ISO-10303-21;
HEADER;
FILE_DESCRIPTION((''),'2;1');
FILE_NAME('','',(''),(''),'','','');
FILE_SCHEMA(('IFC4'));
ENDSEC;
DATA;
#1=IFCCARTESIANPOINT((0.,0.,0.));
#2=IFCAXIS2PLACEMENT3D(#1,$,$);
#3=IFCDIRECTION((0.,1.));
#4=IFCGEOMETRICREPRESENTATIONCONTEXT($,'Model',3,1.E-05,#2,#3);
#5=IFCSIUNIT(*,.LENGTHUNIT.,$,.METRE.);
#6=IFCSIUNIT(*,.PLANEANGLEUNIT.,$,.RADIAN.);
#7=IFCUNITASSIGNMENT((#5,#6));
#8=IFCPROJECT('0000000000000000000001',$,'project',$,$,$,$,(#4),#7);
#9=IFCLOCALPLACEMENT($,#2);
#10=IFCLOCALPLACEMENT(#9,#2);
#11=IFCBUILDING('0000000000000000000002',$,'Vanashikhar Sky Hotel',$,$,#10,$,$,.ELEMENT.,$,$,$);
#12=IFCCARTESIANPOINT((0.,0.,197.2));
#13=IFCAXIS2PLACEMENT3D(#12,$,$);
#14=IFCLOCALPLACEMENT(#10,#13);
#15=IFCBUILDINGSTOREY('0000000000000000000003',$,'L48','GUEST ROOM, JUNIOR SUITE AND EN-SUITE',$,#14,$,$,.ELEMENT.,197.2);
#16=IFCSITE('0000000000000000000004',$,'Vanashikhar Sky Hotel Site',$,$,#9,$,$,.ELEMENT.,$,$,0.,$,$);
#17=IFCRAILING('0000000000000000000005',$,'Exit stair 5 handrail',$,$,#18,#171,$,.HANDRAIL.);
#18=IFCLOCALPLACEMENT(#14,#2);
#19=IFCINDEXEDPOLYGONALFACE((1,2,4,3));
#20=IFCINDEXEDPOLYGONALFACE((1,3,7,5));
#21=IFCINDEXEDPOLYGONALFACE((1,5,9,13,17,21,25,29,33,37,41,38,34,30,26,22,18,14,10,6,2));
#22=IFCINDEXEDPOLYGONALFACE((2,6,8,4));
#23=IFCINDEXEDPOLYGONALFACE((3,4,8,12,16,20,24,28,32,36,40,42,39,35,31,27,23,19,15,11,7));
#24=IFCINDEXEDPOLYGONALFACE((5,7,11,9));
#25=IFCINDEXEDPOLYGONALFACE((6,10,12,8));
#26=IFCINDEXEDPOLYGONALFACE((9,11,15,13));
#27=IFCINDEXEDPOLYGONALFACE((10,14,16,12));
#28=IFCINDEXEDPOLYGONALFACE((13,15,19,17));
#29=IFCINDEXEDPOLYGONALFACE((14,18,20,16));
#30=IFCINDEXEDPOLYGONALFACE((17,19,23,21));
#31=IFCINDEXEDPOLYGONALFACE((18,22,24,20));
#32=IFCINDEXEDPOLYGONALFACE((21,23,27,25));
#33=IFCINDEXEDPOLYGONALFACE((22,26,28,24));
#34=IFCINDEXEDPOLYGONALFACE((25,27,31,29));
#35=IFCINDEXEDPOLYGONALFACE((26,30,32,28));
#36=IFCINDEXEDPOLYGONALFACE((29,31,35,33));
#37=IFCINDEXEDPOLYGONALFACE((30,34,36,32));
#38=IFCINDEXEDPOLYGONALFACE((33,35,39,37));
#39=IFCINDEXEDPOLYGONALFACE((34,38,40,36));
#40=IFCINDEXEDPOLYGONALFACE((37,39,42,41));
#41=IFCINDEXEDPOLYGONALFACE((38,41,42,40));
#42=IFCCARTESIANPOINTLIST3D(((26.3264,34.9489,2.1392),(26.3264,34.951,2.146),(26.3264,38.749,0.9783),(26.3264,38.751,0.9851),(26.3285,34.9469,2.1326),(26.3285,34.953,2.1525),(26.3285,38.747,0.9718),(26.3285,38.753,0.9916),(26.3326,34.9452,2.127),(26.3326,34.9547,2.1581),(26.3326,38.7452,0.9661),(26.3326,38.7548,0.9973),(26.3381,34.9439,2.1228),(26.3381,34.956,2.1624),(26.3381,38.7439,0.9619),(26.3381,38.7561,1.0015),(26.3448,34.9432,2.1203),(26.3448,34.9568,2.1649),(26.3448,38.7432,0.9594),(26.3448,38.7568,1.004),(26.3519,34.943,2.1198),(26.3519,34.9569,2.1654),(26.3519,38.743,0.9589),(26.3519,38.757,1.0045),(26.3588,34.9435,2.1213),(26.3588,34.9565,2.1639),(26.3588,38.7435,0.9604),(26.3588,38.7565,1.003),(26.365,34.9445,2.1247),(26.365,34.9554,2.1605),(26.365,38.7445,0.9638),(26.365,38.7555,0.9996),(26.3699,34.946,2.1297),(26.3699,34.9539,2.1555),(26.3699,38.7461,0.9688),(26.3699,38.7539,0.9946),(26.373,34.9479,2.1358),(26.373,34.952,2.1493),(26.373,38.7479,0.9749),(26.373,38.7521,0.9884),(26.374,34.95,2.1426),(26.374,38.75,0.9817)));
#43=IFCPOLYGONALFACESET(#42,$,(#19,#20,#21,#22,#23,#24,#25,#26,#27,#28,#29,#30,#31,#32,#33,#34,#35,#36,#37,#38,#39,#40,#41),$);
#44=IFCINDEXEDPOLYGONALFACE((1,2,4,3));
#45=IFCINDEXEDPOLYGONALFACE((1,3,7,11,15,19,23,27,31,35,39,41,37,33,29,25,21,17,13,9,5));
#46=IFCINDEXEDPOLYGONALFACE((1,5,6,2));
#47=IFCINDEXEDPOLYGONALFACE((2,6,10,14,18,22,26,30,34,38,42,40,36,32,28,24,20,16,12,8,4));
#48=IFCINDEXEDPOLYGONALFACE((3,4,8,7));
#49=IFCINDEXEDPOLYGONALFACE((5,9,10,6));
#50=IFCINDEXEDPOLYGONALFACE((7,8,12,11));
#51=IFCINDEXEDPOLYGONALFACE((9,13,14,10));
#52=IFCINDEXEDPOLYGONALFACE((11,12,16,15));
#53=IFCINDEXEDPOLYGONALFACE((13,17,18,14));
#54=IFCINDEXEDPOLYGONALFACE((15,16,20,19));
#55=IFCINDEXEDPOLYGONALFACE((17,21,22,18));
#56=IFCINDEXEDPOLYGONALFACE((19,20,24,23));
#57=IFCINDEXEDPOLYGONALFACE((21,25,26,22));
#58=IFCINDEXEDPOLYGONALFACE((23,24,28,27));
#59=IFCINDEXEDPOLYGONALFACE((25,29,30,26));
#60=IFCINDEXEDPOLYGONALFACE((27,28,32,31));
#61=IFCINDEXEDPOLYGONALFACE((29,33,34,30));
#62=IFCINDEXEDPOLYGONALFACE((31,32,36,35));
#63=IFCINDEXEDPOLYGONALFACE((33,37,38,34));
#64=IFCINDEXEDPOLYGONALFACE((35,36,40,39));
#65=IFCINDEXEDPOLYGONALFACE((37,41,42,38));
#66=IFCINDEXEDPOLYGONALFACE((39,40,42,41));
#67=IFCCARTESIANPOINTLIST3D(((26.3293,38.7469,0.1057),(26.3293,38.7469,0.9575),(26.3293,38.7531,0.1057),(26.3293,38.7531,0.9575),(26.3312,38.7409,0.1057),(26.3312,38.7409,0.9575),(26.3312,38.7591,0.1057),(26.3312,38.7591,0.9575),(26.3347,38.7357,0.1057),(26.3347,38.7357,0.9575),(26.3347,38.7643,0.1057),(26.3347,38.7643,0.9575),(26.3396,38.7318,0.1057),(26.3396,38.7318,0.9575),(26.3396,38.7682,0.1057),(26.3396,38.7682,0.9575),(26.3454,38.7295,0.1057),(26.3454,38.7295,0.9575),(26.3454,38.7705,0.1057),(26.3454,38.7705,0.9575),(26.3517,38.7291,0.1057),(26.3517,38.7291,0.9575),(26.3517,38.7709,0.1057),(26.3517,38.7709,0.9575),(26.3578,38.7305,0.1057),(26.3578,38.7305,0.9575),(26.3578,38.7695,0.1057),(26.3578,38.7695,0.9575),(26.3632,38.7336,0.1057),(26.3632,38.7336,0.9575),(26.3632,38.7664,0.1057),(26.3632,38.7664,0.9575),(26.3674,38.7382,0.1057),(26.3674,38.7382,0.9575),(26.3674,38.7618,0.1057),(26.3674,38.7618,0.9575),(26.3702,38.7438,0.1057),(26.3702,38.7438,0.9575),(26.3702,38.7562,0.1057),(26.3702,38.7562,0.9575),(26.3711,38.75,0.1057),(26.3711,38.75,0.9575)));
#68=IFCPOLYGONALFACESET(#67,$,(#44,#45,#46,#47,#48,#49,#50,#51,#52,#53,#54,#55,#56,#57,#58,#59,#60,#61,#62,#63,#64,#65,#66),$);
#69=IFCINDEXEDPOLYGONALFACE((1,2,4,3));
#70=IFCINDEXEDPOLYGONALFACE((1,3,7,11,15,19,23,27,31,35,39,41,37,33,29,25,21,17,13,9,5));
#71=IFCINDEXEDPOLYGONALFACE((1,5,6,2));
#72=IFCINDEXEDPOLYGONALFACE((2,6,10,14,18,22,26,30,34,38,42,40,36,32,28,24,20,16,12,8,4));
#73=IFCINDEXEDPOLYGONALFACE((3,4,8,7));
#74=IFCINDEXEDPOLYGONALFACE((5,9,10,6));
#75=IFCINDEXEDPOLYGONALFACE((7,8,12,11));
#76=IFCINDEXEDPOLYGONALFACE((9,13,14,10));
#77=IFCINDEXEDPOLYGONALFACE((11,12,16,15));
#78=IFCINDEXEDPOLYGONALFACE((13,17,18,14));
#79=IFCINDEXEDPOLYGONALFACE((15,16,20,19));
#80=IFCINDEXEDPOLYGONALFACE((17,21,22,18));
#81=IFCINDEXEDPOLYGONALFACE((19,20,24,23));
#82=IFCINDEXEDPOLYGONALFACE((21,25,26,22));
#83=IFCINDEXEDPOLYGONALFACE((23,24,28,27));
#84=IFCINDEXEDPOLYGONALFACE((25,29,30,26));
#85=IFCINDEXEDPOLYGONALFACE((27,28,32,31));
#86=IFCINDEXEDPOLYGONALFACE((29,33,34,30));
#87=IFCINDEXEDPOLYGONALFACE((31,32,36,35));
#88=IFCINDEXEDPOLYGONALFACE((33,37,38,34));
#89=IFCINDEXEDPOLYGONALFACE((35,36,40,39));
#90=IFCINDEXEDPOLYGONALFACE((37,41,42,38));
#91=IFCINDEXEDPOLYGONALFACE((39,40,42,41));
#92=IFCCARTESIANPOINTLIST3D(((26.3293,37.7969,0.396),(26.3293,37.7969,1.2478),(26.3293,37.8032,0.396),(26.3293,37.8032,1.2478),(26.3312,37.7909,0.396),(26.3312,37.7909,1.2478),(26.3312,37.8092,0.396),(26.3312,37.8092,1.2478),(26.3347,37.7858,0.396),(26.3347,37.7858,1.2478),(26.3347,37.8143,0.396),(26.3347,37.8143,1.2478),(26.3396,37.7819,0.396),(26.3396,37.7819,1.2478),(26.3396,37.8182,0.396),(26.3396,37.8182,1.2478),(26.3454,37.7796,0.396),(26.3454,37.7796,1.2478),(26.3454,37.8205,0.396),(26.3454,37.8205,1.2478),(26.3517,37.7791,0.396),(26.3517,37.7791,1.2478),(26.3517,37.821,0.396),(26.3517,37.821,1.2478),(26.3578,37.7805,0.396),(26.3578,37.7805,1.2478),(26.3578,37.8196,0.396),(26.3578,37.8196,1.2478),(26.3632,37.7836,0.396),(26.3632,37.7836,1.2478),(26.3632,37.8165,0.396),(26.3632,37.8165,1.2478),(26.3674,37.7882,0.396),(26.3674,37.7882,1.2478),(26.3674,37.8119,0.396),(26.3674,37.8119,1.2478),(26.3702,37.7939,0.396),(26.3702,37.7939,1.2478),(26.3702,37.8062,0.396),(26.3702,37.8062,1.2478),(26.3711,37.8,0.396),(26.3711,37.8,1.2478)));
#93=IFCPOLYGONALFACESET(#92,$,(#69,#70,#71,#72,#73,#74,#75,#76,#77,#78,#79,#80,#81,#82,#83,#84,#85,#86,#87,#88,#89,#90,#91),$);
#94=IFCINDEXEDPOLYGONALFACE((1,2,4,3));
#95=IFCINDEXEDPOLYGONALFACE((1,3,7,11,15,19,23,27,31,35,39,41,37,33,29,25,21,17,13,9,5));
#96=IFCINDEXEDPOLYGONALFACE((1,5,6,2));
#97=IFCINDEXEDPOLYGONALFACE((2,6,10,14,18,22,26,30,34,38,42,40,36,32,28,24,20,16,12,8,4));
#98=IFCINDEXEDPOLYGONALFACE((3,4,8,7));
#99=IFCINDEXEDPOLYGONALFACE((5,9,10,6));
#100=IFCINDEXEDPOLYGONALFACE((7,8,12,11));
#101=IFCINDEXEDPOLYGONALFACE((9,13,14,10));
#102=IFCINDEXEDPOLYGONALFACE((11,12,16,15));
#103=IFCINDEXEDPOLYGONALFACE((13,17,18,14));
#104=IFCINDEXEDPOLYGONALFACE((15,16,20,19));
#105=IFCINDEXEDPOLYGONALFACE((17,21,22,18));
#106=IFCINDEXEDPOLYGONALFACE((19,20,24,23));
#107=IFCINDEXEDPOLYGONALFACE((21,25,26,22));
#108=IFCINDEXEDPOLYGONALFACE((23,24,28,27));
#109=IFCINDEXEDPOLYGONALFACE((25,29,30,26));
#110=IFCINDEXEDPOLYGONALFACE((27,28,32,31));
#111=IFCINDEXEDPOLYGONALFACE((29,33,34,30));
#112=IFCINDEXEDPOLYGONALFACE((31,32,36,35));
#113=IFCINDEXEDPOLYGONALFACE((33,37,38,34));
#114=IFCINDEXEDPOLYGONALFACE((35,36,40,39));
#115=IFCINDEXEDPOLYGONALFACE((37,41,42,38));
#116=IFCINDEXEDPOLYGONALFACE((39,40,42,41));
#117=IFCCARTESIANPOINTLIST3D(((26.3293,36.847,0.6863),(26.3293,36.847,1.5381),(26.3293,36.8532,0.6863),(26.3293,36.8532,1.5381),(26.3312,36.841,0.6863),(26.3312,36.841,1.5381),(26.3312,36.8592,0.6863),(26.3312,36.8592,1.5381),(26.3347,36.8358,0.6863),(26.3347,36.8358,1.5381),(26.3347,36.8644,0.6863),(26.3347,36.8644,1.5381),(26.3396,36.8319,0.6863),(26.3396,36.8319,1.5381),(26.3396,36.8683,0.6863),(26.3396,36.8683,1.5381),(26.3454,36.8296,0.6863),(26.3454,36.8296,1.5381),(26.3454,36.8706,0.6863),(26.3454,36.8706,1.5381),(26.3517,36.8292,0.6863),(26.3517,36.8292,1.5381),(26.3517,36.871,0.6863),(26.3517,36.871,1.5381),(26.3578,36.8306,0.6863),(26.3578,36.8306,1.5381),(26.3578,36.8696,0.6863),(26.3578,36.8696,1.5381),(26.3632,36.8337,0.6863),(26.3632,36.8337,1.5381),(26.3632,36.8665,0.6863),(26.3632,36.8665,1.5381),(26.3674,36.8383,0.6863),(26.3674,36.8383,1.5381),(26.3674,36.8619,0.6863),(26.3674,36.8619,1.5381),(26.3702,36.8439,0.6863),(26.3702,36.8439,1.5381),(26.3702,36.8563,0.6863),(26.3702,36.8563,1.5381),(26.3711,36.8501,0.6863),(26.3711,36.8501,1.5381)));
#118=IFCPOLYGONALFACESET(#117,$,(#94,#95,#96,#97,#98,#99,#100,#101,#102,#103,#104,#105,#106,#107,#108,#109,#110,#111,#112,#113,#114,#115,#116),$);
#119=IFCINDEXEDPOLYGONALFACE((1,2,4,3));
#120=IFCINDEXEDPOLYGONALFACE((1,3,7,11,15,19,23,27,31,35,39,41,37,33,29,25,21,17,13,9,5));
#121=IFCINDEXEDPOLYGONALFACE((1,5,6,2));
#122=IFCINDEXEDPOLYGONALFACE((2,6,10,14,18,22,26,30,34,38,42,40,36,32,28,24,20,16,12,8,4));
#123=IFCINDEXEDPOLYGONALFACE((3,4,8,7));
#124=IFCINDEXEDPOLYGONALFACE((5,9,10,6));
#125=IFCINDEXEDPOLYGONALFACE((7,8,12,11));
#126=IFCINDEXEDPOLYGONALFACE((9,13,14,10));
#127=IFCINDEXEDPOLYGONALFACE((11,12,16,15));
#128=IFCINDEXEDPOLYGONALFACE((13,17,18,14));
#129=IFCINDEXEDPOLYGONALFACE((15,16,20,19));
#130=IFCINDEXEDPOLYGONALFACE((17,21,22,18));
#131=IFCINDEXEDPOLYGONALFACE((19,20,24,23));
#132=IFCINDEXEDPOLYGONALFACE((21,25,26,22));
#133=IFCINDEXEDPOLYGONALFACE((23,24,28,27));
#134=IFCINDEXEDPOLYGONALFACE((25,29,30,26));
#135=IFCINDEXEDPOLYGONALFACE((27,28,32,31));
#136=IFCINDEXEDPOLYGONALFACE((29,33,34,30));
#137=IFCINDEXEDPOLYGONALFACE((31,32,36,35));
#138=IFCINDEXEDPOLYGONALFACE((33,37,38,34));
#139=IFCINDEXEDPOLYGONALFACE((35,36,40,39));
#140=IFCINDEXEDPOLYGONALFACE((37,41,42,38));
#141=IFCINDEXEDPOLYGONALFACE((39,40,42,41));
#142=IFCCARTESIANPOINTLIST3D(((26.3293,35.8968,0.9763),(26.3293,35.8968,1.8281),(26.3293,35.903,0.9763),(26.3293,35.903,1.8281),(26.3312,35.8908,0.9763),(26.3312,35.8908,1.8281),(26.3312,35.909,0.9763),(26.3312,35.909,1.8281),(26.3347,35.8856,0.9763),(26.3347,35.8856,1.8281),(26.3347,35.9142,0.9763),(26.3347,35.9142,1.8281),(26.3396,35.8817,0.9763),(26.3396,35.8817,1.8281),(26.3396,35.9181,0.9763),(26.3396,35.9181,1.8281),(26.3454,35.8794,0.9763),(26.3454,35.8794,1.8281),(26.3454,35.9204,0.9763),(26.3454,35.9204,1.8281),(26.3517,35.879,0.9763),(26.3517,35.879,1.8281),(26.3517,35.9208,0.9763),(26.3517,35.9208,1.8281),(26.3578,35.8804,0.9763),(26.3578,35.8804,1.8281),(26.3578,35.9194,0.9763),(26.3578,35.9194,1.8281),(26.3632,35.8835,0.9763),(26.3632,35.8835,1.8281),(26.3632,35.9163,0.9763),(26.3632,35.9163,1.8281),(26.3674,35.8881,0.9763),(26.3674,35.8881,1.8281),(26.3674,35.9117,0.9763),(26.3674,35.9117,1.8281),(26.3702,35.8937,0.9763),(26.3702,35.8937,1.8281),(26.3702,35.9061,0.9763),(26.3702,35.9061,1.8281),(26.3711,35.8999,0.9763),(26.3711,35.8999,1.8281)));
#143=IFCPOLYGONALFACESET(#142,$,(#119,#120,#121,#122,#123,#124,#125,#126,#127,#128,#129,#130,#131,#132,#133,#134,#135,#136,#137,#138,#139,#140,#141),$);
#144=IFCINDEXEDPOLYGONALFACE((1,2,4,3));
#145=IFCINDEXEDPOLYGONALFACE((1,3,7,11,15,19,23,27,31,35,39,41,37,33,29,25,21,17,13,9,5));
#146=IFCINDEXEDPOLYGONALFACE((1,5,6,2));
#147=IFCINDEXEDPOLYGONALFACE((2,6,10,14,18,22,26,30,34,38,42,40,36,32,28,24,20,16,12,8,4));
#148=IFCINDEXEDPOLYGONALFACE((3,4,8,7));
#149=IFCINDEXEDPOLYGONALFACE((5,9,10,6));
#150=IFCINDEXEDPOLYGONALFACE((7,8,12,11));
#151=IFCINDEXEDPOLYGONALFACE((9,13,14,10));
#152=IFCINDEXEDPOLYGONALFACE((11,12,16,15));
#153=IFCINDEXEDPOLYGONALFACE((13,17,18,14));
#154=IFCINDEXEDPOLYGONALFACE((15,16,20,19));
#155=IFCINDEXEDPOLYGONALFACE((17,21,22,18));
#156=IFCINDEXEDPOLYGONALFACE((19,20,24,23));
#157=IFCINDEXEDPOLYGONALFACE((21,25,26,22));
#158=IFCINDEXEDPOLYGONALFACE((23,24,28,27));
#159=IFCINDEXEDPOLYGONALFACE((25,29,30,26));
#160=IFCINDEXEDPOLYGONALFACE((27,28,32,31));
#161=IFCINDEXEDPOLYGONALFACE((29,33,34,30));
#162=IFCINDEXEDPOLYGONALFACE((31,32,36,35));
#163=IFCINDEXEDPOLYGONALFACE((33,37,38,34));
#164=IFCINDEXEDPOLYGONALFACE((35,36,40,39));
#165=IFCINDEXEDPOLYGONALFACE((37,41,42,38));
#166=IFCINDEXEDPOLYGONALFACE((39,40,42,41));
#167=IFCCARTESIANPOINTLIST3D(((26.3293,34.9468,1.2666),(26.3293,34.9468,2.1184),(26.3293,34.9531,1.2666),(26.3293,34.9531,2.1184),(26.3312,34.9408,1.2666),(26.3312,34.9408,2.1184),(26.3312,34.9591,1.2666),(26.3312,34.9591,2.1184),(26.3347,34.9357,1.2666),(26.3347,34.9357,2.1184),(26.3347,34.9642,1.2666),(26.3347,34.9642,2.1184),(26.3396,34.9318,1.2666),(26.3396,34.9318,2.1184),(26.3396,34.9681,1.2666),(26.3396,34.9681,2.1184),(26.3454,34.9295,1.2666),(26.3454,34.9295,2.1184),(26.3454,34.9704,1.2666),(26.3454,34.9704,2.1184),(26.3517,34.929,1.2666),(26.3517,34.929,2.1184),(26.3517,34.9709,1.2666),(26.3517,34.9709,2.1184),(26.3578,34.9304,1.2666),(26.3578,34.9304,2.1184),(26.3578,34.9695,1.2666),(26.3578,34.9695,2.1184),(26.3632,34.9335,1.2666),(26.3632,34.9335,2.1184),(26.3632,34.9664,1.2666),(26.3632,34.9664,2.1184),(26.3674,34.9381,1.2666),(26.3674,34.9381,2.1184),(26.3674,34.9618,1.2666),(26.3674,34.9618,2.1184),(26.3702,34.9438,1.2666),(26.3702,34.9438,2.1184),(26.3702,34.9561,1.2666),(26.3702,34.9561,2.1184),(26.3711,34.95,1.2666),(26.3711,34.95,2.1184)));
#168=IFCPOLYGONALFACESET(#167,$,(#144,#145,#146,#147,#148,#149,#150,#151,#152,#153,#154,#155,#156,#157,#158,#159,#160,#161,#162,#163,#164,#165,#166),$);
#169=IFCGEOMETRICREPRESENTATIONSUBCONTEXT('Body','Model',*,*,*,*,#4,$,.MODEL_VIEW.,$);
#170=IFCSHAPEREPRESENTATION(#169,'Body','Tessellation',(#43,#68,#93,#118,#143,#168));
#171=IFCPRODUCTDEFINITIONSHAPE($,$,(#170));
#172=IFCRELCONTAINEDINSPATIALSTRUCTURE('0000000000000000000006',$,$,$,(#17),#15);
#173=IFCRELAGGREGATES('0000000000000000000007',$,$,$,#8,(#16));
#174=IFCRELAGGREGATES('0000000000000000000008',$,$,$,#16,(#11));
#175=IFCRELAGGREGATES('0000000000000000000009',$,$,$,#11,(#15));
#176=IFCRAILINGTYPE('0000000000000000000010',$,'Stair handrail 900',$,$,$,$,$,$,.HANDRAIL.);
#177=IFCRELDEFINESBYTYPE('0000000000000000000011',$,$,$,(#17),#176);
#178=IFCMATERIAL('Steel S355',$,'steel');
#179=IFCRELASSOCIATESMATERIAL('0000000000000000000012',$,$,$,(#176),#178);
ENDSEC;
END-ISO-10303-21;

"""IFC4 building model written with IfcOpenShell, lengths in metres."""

from ifc_helpers import new_model, si_unit, direction, frame, origin, origin_2d, place, context, subcontext, project, spatial, circle, extrude, source, transform, mapped, material, type_object, element, save


model = new_model("IFC4")

# Units and contexts
model_context = context("Model", 3, precision=1e-05, world=origin(), true_north=direction((0.0, 1.0)))
body_context = subcontext(model_context, "Body", "Model", "MODEL_VIEW")
ifc_project = project(units=[si_unit("LENGTHUNIT", "METRE"), si_unit("PLANEANGLEUNIT", "RADIAN")], contexts=[model_context])

# Site, building, storey
site_placement = place(None, origin())
site = spatial("IfcSite", under=ifc_project, at=site_placement, Name="Vanashikhar Sky Hotel Site", CompositionType="ELEMENT", RefElevation=0.0)
building_placement = place(site_placement, origin())
building = spatial("IfcBuilding", under=site, at=building_placement, Name="Vanashikhar Sky Hotel", CompositionType="ELEMENT")
storey_placement = place(building_placement, frame((0.0, 0.0, 197.2)))
storey = spatial("IfcBuildingStorey", under=building, at=storey_placement, Name="L48", Description="GUEST ROOM, JUNIOR SUITE AND EN-SUITE", CompositionType="ELEMENT", Elevation=197.2)

# Railing
ifc_material_1 = material(Name="Steel S355", Category="steel")
railing_type_1 = type_object("IfcRailingType", Name="Stair handrail 900", PredefinedType="HANDRAIL", material=ifc_material_1)
shared_shape_1 = source(origin(), body_context, "Body", "SweptSolid", [
    extrude(circle(Radius=0.0239, at=origin_2d()), frame((0.0, 0.0, 0.876), z_axis=(0.0, -0.956368, 0.292164), x_axis=(1.0, 0.0, 0.0)), (0.0, 0.0, 1.0), 3.9734),
    extrude(circle(Radius=0.021, at=origin_2d()), origin(), (0.0, 0.0, 1.0), 0.8518),
    extrude(circle(Radius=0.021, at=origin_2d()), frame((0.0, -0.95, 0.2903)), (0.0, 0.0, 1.0), 0.8518),
    extrude(circle(Radius=0.021, at=origin_2d()), frame((0.0, -1.8999, 0.5806)), (0.0, 0.0, 1.0), 0.8518),
    extrude(circle(Radius=0.021, at=origin_2d()), frame((0.0, -2.8501, 0.8706)), (0.0, 0.0, 1.0), 0.8518),
    extrude(circle(Radius=0.021, at=origin_2d()), frame((0.0, -3.8, 1.1609)), (0.0, 0.0, 1.0), 0.8518),
])
for number, where, name in (
    (1, (26.3501, 38.75, 0.1057), "Exit stair 5 handrail"),
):
    element("IfcRailing", number, at=place(storey_placement, frame(where)), inside=storey, type_object=railing_type_1, Name=name, PredefinedType="HANDRAIL", context=body_context, shape_type="MappedRepresentation", body=[
        mapped(shared_shape_1, transform((0.0, 0.0, 0.0), scale=1.0)),
    ])

save(model, "model.ifc")
